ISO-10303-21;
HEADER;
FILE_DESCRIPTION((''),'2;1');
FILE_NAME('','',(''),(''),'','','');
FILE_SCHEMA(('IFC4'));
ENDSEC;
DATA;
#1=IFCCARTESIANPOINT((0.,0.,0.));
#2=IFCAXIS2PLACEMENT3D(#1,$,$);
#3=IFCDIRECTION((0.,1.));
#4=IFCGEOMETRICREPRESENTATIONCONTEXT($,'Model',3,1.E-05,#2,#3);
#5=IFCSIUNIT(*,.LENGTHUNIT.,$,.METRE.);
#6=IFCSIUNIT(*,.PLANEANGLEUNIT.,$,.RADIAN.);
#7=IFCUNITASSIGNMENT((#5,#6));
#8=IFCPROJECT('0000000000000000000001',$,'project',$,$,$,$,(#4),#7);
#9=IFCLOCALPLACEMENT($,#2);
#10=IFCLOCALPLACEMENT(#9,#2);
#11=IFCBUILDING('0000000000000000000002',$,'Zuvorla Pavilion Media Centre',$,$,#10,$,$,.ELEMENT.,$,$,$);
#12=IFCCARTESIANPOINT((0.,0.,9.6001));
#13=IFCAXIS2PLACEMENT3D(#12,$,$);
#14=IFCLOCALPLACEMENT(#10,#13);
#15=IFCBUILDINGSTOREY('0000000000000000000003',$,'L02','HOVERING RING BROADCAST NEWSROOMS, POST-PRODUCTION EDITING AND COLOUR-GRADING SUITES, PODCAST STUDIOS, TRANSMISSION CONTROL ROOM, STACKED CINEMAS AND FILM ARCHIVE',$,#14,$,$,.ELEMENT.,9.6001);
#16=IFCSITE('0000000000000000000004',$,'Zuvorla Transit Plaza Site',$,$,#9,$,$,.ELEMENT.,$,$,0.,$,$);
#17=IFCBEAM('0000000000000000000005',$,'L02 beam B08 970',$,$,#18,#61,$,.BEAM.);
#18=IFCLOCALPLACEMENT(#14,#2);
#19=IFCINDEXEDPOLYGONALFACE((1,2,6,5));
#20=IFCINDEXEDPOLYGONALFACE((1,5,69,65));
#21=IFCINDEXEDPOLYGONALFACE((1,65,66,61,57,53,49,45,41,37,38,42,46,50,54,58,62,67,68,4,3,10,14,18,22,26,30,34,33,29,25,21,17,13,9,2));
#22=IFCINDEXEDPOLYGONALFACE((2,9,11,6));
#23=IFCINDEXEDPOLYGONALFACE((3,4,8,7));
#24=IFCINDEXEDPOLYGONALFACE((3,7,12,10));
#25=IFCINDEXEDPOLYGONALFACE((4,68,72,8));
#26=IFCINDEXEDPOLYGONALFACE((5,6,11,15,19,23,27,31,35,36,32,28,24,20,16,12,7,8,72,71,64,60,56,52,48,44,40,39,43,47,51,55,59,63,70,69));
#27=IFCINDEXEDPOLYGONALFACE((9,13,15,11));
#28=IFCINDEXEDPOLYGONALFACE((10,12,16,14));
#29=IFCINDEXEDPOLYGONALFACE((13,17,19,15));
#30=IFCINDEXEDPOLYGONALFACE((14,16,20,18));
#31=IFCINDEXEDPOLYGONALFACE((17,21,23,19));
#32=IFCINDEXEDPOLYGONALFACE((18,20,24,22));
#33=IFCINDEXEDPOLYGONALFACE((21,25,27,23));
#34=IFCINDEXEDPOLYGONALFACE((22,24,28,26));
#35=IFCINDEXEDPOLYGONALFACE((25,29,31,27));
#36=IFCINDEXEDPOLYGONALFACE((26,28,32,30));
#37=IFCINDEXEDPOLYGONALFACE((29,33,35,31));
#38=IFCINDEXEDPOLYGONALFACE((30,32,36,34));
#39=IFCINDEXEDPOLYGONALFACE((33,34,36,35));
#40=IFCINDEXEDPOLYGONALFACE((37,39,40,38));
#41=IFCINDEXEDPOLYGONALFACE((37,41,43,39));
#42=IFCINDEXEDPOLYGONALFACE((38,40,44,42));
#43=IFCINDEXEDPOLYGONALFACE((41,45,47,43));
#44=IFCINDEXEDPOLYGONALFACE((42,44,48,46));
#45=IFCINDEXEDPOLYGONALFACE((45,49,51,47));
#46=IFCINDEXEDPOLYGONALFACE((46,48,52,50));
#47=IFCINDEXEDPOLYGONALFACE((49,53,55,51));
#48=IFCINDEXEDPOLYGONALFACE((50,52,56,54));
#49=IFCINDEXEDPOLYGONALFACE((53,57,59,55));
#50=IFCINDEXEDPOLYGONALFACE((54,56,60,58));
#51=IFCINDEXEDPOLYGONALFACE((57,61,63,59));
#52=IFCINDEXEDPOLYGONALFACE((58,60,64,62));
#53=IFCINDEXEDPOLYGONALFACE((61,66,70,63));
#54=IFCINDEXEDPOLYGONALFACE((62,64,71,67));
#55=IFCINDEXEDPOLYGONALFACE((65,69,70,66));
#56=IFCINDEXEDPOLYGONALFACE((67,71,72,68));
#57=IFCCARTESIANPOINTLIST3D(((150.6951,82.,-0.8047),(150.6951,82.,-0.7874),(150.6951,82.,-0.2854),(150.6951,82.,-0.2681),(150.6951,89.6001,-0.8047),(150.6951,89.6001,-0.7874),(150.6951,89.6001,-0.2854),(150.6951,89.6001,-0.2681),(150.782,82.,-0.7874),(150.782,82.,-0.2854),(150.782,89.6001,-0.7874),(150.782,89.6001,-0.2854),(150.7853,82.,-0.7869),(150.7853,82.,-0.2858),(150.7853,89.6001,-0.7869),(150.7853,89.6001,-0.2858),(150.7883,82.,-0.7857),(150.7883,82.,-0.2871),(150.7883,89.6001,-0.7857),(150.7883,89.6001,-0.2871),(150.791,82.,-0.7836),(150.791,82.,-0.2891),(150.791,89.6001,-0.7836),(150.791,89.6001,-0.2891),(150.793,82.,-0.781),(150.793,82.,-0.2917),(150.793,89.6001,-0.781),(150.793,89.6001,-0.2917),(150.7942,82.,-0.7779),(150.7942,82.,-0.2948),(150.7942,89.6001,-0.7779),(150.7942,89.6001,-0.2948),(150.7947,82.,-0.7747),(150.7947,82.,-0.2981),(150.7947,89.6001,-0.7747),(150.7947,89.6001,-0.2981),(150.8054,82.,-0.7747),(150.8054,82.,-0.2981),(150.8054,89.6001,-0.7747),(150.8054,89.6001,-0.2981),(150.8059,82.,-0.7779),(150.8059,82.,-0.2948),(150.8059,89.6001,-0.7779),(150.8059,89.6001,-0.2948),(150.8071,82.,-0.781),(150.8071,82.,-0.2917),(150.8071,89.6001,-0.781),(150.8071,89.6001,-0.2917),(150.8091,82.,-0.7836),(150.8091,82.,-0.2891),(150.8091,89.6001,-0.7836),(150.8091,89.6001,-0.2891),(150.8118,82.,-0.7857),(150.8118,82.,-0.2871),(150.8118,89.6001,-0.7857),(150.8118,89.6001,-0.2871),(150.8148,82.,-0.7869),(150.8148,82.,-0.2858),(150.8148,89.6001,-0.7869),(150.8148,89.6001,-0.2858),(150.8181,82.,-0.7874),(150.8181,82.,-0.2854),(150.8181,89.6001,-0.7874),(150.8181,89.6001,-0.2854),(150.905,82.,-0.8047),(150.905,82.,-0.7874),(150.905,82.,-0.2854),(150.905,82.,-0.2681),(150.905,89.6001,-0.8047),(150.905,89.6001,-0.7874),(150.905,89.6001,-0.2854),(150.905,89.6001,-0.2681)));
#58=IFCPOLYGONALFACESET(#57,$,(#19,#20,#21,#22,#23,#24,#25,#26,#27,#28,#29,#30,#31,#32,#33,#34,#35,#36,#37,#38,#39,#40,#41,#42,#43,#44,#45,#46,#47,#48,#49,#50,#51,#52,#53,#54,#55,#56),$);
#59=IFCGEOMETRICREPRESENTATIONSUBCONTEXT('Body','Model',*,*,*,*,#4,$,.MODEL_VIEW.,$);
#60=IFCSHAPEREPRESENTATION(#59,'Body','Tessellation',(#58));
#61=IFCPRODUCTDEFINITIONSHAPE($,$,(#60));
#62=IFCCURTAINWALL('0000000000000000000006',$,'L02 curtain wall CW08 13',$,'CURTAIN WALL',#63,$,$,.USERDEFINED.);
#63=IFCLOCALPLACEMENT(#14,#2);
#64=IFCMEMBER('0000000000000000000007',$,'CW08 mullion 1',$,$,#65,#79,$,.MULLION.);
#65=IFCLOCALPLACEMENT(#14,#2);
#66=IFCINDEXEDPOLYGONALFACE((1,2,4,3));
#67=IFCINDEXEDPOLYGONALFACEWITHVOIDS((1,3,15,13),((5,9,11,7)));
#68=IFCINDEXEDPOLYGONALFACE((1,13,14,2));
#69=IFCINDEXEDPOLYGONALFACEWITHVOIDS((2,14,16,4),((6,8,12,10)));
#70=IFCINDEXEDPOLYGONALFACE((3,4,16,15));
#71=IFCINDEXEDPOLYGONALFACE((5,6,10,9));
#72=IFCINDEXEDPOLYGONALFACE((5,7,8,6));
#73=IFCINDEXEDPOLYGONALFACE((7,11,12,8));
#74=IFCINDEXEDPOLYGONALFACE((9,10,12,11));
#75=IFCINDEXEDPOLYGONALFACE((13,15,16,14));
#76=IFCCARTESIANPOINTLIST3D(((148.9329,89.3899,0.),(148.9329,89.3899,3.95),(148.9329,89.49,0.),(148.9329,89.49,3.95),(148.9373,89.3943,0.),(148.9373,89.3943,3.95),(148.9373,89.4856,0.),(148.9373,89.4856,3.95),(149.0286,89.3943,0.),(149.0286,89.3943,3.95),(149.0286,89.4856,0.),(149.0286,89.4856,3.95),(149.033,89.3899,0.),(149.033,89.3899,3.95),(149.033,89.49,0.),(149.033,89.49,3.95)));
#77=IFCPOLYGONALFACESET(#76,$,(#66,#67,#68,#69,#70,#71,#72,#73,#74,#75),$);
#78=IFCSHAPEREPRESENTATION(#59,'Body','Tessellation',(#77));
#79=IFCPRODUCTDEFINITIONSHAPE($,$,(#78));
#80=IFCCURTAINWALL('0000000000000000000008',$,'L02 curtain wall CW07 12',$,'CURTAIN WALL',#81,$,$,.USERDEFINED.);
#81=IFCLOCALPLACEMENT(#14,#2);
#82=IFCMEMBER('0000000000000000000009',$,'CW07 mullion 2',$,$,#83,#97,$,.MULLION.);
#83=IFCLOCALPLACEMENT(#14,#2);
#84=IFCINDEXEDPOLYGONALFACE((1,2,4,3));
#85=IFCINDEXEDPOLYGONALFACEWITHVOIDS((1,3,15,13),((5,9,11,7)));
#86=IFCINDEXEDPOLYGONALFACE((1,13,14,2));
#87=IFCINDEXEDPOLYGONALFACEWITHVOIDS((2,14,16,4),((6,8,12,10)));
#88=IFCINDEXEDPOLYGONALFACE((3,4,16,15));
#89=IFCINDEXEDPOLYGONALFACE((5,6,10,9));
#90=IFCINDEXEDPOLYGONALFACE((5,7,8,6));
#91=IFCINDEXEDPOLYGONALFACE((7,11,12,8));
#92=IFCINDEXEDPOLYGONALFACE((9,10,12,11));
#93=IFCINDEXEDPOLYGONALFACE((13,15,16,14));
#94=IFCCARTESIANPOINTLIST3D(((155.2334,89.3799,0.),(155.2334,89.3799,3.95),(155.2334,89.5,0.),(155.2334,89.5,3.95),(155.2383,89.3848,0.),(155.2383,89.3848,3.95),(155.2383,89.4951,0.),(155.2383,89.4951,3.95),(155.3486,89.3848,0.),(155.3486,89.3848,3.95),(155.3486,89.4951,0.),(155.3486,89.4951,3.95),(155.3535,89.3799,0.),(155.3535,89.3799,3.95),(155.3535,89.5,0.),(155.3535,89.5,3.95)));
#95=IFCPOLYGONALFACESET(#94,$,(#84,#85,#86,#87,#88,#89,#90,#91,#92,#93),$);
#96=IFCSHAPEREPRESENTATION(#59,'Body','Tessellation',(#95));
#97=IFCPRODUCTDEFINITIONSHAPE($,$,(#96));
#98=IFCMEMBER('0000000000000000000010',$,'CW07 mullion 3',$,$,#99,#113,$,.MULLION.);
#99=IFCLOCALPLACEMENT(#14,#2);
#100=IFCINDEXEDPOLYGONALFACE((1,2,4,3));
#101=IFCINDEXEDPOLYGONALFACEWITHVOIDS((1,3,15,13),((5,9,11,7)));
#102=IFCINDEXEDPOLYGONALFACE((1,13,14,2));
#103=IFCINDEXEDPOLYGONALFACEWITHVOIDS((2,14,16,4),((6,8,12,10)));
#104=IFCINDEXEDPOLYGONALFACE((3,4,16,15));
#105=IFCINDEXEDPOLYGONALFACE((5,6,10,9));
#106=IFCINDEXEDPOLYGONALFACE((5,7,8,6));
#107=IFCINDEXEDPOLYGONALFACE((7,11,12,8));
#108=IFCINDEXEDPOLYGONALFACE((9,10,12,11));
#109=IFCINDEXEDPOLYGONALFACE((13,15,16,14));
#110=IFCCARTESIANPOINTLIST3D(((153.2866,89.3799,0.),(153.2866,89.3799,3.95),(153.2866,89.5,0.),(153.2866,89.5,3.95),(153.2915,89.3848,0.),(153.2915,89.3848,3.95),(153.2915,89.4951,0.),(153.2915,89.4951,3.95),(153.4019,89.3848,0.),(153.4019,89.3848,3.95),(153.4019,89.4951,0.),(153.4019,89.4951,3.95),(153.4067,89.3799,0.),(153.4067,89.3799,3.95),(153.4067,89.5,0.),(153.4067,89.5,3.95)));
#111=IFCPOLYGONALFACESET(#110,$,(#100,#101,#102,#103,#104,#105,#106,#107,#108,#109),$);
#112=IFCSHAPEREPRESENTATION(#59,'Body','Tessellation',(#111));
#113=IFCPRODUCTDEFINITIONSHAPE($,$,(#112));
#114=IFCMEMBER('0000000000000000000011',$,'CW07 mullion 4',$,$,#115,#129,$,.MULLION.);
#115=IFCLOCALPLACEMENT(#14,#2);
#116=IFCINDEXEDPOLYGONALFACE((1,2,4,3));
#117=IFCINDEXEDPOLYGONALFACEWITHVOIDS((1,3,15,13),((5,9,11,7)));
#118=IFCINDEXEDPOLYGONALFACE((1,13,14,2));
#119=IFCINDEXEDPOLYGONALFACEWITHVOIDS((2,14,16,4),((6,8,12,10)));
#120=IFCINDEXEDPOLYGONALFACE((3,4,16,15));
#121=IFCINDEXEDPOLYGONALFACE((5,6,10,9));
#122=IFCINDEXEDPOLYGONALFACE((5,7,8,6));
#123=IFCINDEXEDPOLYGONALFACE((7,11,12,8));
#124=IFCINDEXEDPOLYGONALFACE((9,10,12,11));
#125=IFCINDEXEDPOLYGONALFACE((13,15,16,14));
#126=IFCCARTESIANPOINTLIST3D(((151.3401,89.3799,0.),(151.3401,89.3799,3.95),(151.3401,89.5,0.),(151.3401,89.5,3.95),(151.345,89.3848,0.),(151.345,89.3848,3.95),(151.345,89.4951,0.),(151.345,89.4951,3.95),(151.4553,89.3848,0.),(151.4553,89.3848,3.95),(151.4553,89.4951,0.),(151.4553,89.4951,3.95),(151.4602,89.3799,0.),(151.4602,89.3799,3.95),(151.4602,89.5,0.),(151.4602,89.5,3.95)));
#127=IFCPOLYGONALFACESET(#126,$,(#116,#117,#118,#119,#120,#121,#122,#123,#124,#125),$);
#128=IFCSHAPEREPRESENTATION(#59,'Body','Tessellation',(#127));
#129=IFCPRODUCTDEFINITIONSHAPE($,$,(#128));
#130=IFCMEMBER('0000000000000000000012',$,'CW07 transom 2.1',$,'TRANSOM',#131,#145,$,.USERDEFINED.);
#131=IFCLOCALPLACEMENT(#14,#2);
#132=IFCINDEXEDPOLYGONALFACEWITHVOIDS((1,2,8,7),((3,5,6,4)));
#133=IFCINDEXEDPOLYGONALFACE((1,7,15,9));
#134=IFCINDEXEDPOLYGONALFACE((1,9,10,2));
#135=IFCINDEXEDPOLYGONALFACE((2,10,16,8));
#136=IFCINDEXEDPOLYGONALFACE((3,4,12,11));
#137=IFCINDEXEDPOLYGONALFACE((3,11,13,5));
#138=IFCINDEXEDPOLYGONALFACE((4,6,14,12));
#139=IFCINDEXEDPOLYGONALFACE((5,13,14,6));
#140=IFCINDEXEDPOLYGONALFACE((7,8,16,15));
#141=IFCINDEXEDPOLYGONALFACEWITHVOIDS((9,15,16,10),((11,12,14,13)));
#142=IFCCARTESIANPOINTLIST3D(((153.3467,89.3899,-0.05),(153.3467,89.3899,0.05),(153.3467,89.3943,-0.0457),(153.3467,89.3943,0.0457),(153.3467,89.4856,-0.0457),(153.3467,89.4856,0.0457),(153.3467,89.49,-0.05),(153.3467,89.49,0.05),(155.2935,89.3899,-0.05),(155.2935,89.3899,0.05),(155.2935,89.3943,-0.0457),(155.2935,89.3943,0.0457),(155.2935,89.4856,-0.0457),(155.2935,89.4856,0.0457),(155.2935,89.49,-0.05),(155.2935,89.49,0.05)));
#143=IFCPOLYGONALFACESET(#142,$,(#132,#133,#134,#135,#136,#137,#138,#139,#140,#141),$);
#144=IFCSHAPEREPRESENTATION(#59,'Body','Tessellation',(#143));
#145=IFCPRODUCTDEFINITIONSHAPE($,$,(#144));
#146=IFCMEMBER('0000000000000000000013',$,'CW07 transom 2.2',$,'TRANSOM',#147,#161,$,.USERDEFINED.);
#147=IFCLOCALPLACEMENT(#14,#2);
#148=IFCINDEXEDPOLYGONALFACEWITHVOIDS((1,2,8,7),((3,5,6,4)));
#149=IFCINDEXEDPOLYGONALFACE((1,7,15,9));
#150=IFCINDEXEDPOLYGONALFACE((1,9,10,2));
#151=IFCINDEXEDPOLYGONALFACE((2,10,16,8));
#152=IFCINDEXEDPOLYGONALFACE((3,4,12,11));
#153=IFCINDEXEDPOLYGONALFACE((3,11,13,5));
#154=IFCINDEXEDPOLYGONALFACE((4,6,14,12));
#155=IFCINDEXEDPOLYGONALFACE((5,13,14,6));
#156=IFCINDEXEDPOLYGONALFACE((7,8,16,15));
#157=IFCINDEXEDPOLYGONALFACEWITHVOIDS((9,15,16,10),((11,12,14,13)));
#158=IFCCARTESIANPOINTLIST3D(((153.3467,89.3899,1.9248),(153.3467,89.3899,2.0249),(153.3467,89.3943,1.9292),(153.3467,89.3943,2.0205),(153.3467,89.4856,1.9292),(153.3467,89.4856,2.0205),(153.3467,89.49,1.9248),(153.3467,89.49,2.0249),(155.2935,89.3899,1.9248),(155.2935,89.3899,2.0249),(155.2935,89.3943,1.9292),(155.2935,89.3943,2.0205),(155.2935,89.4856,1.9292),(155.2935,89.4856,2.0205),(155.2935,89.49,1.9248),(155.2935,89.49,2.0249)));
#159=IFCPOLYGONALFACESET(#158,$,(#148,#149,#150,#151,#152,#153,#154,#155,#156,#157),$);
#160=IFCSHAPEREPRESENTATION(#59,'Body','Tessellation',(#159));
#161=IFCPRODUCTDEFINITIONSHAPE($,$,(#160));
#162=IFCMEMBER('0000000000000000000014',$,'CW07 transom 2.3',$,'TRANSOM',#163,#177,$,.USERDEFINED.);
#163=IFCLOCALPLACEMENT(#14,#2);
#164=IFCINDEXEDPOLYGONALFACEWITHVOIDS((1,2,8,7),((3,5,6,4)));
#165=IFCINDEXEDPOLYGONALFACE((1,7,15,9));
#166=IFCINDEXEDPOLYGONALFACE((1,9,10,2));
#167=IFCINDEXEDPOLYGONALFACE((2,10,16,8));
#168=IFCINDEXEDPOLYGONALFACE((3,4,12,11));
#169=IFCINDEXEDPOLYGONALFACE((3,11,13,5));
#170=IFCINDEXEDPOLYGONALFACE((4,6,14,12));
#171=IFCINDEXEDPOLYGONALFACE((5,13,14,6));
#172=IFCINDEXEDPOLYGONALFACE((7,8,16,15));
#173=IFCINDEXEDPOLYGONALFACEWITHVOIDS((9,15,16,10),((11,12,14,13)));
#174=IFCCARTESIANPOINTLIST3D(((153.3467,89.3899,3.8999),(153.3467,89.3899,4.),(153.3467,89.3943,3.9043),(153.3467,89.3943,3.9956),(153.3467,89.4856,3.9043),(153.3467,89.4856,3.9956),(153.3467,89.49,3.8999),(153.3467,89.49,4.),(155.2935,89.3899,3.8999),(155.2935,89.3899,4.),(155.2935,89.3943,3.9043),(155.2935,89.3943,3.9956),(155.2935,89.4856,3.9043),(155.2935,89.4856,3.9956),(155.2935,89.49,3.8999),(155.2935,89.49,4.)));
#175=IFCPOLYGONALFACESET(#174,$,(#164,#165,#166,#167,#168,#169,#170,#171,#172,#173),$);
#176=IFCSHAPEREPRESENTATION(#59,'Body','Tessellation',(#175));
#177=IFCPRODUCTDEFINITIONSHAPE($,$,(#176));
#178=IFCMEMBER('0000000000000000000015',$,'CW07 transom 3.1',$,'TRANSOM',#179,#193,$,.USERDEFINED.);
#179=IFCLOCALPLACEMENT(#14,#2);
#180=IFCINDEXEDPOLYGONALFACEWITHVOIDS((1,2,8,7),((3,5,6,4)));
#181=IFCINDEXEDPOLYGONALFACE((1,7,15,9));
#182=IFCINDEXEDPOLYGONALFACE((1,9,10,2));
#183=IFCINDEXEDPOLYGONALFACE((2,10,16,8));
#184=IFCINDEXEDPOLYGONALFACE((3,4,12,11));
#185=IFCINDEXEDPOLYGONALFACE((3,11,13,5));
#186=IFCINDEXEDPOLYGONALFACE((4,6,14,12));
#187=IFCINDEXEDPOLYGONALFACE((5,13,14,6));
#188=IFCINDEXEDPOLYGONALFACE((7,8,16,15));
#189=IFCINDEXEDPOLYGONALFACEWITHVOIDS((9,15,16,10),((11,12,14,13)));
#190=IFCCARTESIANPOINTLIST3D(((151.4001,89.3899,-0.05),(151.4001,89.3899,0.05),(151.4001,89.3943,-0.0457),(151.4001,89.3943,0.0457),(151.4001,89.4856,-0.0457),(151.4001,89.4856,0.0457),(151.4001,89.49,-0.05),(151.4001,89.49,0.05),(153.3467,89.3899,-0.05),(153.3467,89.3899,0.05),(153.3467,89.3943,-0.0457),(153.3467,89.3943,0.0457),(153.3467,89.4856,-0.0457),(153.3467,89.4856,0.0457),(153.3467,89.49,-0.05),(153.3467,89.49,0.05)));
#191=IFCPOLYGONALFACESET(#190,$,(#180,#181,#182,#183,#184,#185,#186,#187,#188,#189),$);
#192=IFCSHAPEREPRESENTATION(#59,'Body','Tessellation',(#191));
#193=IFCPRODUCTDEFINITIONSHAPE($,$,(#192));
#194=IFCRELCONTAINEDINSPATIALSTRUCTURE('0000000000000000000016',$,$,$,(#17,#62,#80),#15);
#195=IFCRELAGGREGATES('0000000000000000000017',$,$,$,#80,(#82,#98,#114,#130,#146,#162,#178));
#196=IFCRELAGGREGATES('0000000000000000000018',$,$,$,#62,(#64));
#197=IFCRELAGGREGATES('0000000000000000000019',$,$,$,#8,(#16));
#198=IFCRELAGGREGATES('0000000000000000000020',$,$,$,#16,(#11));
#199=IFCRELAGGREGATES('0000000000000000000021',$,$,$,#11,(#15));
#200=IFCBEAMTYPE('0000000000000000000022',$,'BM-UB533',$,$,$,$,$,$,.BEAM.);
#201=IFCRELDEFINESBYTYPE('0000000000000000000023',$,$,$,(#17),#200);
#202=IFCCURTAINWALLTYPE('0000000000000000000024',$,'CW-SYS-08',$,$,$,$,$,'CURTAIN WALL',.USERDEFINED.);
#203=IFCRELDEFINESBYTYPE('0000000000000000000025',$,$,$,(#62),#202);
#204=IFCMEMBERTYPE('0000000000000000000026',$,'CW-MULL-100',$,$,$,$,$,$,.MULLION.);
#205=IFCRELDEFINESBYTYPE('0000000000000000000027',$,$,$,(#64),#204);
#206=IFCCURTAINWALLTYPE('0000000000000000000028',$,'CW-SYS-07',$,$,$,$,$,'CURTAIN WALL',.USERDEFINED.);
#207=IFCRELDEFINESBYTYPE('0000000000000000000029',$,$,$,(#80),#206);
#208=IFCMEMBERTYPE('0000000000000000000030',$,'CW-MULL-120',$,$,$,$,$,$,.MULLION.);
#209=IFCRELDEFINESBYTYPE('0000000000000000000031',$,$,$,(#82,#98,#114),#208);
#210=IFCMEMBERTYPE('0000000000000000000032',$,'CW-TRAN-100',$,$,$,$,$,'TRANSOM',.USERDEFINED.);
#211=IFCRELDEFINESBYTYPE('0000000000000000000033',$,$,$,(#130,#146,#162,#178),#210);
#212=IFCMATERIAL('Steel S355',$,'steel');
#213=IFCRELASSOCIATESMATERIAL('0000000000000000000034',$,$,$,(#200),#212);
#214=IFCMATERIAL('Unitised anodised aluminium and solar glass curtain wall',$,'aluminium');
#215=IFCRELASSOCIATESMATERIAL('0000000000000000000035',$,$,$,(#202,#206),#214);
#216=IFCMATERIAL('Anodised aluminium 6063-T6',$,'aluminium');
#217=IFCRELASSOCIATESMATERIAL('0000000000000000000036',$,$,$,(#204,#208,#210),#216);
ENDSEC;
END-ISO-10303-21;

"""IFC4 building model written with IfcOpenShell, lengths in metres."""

from ifc_helpers import new_model, si_unit, direction, frame, origin, origin_2d, place, context, subcontext, project, spatial, hollow_rectangle, i_section, extrude, material, material_profile, profile_set, type_object, element, aggregate, save


model = new_model("IFC4")

# Units and contexts
model_context = context("Model", 3, precision=1e-05, world=origin(), true_north=direction((0.0, 1.0)))
body_context = subcontext(model_context, "Body", "Model", "MODEL_VIEW")
ifc_project = project(units=[si_unit("LENGTHUNIT", "METRE"), si_unit("PLANEANGLEUNIT", "RADIAN")], contexts=[model_context])

# Site, building, storey
site_placement = place(None, origin())
site = spatial("IfcSite", under=ifc_project, at=site_placement, Name="Zuvorla Transit Plaza Site", CompositionType="ELEMENT", RefElevation=0.0)
building_placement = place(site_placement, origin())
building = spatial("IfcBuilding", under=site, at=building_placement, Name="Zuvorla Pavilion Media Centre", CompositionType="ELEMENT")
storey_placement = place(building_placement, frame((0.0, 0.0, 9.6001)))
storey = spatial("IfcBuildingStorey", under=building, at=storey_placement, Name="L02", Description="HOVERING RING BROADCAST NEWSROOMS, POST-PRODUCTION EDITING AND COLOUR-GRADING SUITES, PODCAST STUDIOS, TRANSMISSION CONTROL ROOM, STACKED CINEMAS AND FILM ARCHIVE", CompositionType="ELEMENT", Elevation=9.6001)

# Shared definitions
ifc_material_1 = material(Name="Steel S355", Category="steel")

# Beam
ifc_material_profile_1 = material_profile(ifc_material_1, i_section(OverallWidth=0.21, OverallDepth=0.5366, WebThickness=0.0107, FlangeThickness=0.0173, FilletRadius=0.0127, at=origin_2d()), Name="UB 533x210x101")
ifc_profile_set_1 = profile_set([ifc_material_profile_1], Name="Steel S355")
beam_type_1 = type_object("IfcBeamType", Name="BM-UB533", PredefinedType="BEAM", material=ifc_profile_set_1)
beam_1_placement = place(storey_placement, frame((150.8, 82.0, -0.5364), z_axis=(0.0, 1.0, 0.0), x_axis=(-1.0, 0.0, 0.0)))
element("IfcBeam", 1, at=beam_1_placement, inside=storey, type_object=beam_type_1, Name="L02 beam B08 970", PredefinedType="BEAM", context=body_context, shape_type="SweptSolid", body=[
    extrude(i_section(OverallWidth=0.21, OverallDepth=0.5366, WebThickness=0.0107, FlangeThickness=0.0173, FilletRadius=0.0127, at=origin_2d()), origin(), (0.0, 0.0, 1.0), 7.6001),
])

# Curtain wall, member
ifc_material_2 = material(Name="Unitised anodised aluminium and solar glass curtain wall", Category="aluminium")
curtain_wall_type_1 = type_object("IfcCurtainWallType", Name="CW-SYS-08", ElementType="CURTAIN WALL", PredefinedType="USERDEFINED", material=ifc_material_2)
curtain_wall_1_placement = place(storey_placement, origin())
curtain_wall_1 = element("IfcCurtainWall", 2, at=curtain_wall_1_placement, inside=storey, type_object=curtain_wall_type_1, Name="L02 curtain wall CW08 13", ObjectType="CURTAIN WALL", PredefinedType="USERDEFINED")
ifc_material_3 = material(Name="Anodised aluminium 6063-T6", Category="aluminium")
ifc_material_profile_2 = material_profile(ifc_material_3, hollow_rectangle(XDim=0.1001, YDim=0.1001, WallThickness=0.0044, at=origin_2d()), Name="ALU MULL 100x100")
ifc_profile_set_2 = profile_set([ifc_material_profile_2], Name="Anodised aluminium 6063-T6")
member_type_1 = type_object("IfcMemberType", Name="CW-MULL-100", PredefinedType="MULLION", material=ifc_profile_set_2)
member_1_placement = place(storey_placement, frame((148.9829, 89.4399, 0.0), z_axis=(0.0, 0.0, 1.0), x_axis=(1.0, 0.0, 0.0)))
member_1 = element("IfcMember", 3, at=member_1_placement, type_object=member_type_1, Name="CW08 mullion 1", PredefinedType="MULLION", context=body_context, shape_type="SweptSolid", body=[
    extrude(hollow_rectangle(XDim=0.1001, YDim=0.1001, WallThickness=0.0044, at=origin_2d()), origin(), (0.0, 0.0, 1.0), 3.95),
])

# Curtain wall, members
curtain_wall_type_2 = type_object("IfcCurtainWallType", Name="CW-SYS-07", ElementType="CURTAIN WALL", PredefinedType="USERDEFINED", material=ifc_material_2)
curtain_wall_2_placement = place(storey_placement, origin())
curtain_wall_2 = element("IfcCurtainWall", 4, at=curtain_wall_2_placement, inside=storey, type_object=curtain_wall_type_2, Name="L02 curtain wall CW07 12", ObjectType="CURTAIN WALL", PredefinedType="USERDEFINED")
ifc_material_profile_3 = material_profile(ifc_material_3, hollow_rectangle(XDim=0.1201, YDim=0.1201, WallThickness=0.0049, at=origin_2d()), Name="ALU MULL 120x120")
ifc_profile_set_3 = profile_set([ifc_material_profile_3], Name="Anodised aluminium 6063-T6")
member_type_2 = type_object("IfcMemberType", Name="CW-MULL-120", PredefinedType="MULLION", material=ifc_profile_set_3)
member_2_placement = place(storey_placement, frame((155.2935, 89.4399, 0.0), z_axis=(0.0, 0.0, 1.0), x_axis=(1.0, 0.0, 0.0)))
member_2 = element("IfcMember", 5, at=member_2_placement, type_object=member_type_2, Name="CW07 mullion 2", PredefinedType="MULLION", context=body_context, shape_type="SweptSolid", body=[
    extrude(hollow_rectangle(XDim=0.1201, YDim=0.1201, WallThickness=0.0049, at=origin_2d()), origin(), (0.0, 0.0, 1.0), 3.95),
])
member_3_placement = place(storey_placement, frame((153.3467, 89.4399, 0.0), z_axis=(0.0, 0.0, 1.0), x_axis=(1.0, 0.0, 0.0)))
member_3 = element("IfcMember", 6, at=member_3_placement, type_object=member_type_2, Name="CW07 mullion 3", PredefinedType="MULLION", context=body_context, shape_type="SweptSolid", body=[
    extrude(hollow_rectangle(XDim=0.1201, YDim=0.1201, WallThickness=0.0049, at=origin_2d()), origin(), (0.0, 0.0, 1.0), 3.95),
])
member_4_placement = place(storey_placement, frame((151.4001, 89.4399, 0.0), z_axis=(0.0, 0.0, 1.0), x_axis=(1.0, 0.0, 0.0)))
member_4 = element("IfcMember", 7, at=member_4_placement, type_object=member_type_2, Name="CW07 mullion 4", PredefinedType="MULLION", context=body_context, shape_type="SweptSolid", body=[
    extrude(hollow_rectangle(XDim=0.1201, YDim=0.1201, WallThickness=0.0049, at=origin_2d()), origin(), (0.0, 0.0, 1.0), 3.95),
])
ifc_material_profile_4 = material_profile(ifc_material_3, hollow_rectangle(XDim=0.1001, YDim=0.1001, WallThickness=0.0044, at=origin_2d()), Name="ALU TRAN 100x100")
ifc_profile_set_4 = profile_set([ifc_material_profile_4], Name="Anodised aluminium 6063-T6")
member_type_3 = type_object("IfcMemberType", Name="CW-TRAN-100", ElementType="TRANSOM", PredefinedType="USERDEFINED", material=ifc_profile_set_4)
member_5_placement = place(storey_placement, frame((155.2935, 89.4399, 0.0), z_axis=(-1.0, 0.0, 0.0), x_axis=(0.0, -1.0, 0.0)))
member_5 = element("IfcMember", 8, at=member_5_placement, type_object=member_type_3, Name="CW07 transom 2.1", ObjectType="TRANSOM", PredefinedType="USERDEFINED", context=body_context, shape_type="SweptSolid", body=[
    extrude(hollow_rectangle(XDim=0.1001, YDim=0.1001, WallThickness=0.0044, at=origin_2d()), origin(), (0.0, 0.0, 1.0), 1.9468),
])
member_6_placement = place(storey_placement, frame((155.2935, 89.4399, 1.9749), z_axis=(-1.0, 0.0, 0.0), x_axis=(0.0, -1.0, 0.0)))
member_6 = element("IfcMember", 9, at=member_6_placement, type_object=member_type_3, Name="CW07 transom 2.2", ObjectType="TRANSOM", PredefinedType="USERDEFINED", context=body_context, shape_type="SweptSolid", body=[
    extrude(hollow_rectangle(XDim=0.1001, YDim=0.1001, WallThickness=0.0044, at=origin_2d()), origin(), (0.0, 0.0, 1.0), 1.9468),
])
member_7_placement = place(storey_placement, frame((155.2935, 89.4399, 3.95), z_axis=(-1.0, 0.0, 0.0), x_axis=(0.0, -1.0, 0.0)))
member_7 = element("IfcMember", 10, at=member_7_placement, type_object=member_type_3, Name="CW07 transom 2.3", ObjectType="TRANSOM", PredefinedType="USERDEFINED", context=body_context, shape_type="SweptSolid", body=[
    extrude(hollow_rectangle(XDim=0.1001, YDim=0.1001, WallThickness=0.0044, at=origin_2d()), origin(), (0.0, 0.0, 1.0), 1.9468),
])
member_8_placement = place(storey_placement, frame((153.3467, 89.4399, 0.0), z_axis=(-1.0, 0.0, 0.0), x_axis=(0.0, -1.0, 0.0)))
member_8 = element("IfcMember", 11, at=member_8_placement, type_object=member_type_3, Name="CW07 transom 3.1", ObjectType="TRANSOM", PredefinedType="USERDEFINED", context=body_context, shape_type="SweptSolid", body=[
    extrude(hollow_rectangle(XDim=0.1001, YDim=0.1001, WallThickness=0.0044, at=origin_2d()), origin(), (0.0, 0.0, 1.0), 1.9465),
])

aggregate(curtain_wall_2, [member_2, member_3, member_4, member_5, member_6, member_7, member_8])
aggregate(curtain_wall_1, [member_1])

save(model, "model.ifc")
